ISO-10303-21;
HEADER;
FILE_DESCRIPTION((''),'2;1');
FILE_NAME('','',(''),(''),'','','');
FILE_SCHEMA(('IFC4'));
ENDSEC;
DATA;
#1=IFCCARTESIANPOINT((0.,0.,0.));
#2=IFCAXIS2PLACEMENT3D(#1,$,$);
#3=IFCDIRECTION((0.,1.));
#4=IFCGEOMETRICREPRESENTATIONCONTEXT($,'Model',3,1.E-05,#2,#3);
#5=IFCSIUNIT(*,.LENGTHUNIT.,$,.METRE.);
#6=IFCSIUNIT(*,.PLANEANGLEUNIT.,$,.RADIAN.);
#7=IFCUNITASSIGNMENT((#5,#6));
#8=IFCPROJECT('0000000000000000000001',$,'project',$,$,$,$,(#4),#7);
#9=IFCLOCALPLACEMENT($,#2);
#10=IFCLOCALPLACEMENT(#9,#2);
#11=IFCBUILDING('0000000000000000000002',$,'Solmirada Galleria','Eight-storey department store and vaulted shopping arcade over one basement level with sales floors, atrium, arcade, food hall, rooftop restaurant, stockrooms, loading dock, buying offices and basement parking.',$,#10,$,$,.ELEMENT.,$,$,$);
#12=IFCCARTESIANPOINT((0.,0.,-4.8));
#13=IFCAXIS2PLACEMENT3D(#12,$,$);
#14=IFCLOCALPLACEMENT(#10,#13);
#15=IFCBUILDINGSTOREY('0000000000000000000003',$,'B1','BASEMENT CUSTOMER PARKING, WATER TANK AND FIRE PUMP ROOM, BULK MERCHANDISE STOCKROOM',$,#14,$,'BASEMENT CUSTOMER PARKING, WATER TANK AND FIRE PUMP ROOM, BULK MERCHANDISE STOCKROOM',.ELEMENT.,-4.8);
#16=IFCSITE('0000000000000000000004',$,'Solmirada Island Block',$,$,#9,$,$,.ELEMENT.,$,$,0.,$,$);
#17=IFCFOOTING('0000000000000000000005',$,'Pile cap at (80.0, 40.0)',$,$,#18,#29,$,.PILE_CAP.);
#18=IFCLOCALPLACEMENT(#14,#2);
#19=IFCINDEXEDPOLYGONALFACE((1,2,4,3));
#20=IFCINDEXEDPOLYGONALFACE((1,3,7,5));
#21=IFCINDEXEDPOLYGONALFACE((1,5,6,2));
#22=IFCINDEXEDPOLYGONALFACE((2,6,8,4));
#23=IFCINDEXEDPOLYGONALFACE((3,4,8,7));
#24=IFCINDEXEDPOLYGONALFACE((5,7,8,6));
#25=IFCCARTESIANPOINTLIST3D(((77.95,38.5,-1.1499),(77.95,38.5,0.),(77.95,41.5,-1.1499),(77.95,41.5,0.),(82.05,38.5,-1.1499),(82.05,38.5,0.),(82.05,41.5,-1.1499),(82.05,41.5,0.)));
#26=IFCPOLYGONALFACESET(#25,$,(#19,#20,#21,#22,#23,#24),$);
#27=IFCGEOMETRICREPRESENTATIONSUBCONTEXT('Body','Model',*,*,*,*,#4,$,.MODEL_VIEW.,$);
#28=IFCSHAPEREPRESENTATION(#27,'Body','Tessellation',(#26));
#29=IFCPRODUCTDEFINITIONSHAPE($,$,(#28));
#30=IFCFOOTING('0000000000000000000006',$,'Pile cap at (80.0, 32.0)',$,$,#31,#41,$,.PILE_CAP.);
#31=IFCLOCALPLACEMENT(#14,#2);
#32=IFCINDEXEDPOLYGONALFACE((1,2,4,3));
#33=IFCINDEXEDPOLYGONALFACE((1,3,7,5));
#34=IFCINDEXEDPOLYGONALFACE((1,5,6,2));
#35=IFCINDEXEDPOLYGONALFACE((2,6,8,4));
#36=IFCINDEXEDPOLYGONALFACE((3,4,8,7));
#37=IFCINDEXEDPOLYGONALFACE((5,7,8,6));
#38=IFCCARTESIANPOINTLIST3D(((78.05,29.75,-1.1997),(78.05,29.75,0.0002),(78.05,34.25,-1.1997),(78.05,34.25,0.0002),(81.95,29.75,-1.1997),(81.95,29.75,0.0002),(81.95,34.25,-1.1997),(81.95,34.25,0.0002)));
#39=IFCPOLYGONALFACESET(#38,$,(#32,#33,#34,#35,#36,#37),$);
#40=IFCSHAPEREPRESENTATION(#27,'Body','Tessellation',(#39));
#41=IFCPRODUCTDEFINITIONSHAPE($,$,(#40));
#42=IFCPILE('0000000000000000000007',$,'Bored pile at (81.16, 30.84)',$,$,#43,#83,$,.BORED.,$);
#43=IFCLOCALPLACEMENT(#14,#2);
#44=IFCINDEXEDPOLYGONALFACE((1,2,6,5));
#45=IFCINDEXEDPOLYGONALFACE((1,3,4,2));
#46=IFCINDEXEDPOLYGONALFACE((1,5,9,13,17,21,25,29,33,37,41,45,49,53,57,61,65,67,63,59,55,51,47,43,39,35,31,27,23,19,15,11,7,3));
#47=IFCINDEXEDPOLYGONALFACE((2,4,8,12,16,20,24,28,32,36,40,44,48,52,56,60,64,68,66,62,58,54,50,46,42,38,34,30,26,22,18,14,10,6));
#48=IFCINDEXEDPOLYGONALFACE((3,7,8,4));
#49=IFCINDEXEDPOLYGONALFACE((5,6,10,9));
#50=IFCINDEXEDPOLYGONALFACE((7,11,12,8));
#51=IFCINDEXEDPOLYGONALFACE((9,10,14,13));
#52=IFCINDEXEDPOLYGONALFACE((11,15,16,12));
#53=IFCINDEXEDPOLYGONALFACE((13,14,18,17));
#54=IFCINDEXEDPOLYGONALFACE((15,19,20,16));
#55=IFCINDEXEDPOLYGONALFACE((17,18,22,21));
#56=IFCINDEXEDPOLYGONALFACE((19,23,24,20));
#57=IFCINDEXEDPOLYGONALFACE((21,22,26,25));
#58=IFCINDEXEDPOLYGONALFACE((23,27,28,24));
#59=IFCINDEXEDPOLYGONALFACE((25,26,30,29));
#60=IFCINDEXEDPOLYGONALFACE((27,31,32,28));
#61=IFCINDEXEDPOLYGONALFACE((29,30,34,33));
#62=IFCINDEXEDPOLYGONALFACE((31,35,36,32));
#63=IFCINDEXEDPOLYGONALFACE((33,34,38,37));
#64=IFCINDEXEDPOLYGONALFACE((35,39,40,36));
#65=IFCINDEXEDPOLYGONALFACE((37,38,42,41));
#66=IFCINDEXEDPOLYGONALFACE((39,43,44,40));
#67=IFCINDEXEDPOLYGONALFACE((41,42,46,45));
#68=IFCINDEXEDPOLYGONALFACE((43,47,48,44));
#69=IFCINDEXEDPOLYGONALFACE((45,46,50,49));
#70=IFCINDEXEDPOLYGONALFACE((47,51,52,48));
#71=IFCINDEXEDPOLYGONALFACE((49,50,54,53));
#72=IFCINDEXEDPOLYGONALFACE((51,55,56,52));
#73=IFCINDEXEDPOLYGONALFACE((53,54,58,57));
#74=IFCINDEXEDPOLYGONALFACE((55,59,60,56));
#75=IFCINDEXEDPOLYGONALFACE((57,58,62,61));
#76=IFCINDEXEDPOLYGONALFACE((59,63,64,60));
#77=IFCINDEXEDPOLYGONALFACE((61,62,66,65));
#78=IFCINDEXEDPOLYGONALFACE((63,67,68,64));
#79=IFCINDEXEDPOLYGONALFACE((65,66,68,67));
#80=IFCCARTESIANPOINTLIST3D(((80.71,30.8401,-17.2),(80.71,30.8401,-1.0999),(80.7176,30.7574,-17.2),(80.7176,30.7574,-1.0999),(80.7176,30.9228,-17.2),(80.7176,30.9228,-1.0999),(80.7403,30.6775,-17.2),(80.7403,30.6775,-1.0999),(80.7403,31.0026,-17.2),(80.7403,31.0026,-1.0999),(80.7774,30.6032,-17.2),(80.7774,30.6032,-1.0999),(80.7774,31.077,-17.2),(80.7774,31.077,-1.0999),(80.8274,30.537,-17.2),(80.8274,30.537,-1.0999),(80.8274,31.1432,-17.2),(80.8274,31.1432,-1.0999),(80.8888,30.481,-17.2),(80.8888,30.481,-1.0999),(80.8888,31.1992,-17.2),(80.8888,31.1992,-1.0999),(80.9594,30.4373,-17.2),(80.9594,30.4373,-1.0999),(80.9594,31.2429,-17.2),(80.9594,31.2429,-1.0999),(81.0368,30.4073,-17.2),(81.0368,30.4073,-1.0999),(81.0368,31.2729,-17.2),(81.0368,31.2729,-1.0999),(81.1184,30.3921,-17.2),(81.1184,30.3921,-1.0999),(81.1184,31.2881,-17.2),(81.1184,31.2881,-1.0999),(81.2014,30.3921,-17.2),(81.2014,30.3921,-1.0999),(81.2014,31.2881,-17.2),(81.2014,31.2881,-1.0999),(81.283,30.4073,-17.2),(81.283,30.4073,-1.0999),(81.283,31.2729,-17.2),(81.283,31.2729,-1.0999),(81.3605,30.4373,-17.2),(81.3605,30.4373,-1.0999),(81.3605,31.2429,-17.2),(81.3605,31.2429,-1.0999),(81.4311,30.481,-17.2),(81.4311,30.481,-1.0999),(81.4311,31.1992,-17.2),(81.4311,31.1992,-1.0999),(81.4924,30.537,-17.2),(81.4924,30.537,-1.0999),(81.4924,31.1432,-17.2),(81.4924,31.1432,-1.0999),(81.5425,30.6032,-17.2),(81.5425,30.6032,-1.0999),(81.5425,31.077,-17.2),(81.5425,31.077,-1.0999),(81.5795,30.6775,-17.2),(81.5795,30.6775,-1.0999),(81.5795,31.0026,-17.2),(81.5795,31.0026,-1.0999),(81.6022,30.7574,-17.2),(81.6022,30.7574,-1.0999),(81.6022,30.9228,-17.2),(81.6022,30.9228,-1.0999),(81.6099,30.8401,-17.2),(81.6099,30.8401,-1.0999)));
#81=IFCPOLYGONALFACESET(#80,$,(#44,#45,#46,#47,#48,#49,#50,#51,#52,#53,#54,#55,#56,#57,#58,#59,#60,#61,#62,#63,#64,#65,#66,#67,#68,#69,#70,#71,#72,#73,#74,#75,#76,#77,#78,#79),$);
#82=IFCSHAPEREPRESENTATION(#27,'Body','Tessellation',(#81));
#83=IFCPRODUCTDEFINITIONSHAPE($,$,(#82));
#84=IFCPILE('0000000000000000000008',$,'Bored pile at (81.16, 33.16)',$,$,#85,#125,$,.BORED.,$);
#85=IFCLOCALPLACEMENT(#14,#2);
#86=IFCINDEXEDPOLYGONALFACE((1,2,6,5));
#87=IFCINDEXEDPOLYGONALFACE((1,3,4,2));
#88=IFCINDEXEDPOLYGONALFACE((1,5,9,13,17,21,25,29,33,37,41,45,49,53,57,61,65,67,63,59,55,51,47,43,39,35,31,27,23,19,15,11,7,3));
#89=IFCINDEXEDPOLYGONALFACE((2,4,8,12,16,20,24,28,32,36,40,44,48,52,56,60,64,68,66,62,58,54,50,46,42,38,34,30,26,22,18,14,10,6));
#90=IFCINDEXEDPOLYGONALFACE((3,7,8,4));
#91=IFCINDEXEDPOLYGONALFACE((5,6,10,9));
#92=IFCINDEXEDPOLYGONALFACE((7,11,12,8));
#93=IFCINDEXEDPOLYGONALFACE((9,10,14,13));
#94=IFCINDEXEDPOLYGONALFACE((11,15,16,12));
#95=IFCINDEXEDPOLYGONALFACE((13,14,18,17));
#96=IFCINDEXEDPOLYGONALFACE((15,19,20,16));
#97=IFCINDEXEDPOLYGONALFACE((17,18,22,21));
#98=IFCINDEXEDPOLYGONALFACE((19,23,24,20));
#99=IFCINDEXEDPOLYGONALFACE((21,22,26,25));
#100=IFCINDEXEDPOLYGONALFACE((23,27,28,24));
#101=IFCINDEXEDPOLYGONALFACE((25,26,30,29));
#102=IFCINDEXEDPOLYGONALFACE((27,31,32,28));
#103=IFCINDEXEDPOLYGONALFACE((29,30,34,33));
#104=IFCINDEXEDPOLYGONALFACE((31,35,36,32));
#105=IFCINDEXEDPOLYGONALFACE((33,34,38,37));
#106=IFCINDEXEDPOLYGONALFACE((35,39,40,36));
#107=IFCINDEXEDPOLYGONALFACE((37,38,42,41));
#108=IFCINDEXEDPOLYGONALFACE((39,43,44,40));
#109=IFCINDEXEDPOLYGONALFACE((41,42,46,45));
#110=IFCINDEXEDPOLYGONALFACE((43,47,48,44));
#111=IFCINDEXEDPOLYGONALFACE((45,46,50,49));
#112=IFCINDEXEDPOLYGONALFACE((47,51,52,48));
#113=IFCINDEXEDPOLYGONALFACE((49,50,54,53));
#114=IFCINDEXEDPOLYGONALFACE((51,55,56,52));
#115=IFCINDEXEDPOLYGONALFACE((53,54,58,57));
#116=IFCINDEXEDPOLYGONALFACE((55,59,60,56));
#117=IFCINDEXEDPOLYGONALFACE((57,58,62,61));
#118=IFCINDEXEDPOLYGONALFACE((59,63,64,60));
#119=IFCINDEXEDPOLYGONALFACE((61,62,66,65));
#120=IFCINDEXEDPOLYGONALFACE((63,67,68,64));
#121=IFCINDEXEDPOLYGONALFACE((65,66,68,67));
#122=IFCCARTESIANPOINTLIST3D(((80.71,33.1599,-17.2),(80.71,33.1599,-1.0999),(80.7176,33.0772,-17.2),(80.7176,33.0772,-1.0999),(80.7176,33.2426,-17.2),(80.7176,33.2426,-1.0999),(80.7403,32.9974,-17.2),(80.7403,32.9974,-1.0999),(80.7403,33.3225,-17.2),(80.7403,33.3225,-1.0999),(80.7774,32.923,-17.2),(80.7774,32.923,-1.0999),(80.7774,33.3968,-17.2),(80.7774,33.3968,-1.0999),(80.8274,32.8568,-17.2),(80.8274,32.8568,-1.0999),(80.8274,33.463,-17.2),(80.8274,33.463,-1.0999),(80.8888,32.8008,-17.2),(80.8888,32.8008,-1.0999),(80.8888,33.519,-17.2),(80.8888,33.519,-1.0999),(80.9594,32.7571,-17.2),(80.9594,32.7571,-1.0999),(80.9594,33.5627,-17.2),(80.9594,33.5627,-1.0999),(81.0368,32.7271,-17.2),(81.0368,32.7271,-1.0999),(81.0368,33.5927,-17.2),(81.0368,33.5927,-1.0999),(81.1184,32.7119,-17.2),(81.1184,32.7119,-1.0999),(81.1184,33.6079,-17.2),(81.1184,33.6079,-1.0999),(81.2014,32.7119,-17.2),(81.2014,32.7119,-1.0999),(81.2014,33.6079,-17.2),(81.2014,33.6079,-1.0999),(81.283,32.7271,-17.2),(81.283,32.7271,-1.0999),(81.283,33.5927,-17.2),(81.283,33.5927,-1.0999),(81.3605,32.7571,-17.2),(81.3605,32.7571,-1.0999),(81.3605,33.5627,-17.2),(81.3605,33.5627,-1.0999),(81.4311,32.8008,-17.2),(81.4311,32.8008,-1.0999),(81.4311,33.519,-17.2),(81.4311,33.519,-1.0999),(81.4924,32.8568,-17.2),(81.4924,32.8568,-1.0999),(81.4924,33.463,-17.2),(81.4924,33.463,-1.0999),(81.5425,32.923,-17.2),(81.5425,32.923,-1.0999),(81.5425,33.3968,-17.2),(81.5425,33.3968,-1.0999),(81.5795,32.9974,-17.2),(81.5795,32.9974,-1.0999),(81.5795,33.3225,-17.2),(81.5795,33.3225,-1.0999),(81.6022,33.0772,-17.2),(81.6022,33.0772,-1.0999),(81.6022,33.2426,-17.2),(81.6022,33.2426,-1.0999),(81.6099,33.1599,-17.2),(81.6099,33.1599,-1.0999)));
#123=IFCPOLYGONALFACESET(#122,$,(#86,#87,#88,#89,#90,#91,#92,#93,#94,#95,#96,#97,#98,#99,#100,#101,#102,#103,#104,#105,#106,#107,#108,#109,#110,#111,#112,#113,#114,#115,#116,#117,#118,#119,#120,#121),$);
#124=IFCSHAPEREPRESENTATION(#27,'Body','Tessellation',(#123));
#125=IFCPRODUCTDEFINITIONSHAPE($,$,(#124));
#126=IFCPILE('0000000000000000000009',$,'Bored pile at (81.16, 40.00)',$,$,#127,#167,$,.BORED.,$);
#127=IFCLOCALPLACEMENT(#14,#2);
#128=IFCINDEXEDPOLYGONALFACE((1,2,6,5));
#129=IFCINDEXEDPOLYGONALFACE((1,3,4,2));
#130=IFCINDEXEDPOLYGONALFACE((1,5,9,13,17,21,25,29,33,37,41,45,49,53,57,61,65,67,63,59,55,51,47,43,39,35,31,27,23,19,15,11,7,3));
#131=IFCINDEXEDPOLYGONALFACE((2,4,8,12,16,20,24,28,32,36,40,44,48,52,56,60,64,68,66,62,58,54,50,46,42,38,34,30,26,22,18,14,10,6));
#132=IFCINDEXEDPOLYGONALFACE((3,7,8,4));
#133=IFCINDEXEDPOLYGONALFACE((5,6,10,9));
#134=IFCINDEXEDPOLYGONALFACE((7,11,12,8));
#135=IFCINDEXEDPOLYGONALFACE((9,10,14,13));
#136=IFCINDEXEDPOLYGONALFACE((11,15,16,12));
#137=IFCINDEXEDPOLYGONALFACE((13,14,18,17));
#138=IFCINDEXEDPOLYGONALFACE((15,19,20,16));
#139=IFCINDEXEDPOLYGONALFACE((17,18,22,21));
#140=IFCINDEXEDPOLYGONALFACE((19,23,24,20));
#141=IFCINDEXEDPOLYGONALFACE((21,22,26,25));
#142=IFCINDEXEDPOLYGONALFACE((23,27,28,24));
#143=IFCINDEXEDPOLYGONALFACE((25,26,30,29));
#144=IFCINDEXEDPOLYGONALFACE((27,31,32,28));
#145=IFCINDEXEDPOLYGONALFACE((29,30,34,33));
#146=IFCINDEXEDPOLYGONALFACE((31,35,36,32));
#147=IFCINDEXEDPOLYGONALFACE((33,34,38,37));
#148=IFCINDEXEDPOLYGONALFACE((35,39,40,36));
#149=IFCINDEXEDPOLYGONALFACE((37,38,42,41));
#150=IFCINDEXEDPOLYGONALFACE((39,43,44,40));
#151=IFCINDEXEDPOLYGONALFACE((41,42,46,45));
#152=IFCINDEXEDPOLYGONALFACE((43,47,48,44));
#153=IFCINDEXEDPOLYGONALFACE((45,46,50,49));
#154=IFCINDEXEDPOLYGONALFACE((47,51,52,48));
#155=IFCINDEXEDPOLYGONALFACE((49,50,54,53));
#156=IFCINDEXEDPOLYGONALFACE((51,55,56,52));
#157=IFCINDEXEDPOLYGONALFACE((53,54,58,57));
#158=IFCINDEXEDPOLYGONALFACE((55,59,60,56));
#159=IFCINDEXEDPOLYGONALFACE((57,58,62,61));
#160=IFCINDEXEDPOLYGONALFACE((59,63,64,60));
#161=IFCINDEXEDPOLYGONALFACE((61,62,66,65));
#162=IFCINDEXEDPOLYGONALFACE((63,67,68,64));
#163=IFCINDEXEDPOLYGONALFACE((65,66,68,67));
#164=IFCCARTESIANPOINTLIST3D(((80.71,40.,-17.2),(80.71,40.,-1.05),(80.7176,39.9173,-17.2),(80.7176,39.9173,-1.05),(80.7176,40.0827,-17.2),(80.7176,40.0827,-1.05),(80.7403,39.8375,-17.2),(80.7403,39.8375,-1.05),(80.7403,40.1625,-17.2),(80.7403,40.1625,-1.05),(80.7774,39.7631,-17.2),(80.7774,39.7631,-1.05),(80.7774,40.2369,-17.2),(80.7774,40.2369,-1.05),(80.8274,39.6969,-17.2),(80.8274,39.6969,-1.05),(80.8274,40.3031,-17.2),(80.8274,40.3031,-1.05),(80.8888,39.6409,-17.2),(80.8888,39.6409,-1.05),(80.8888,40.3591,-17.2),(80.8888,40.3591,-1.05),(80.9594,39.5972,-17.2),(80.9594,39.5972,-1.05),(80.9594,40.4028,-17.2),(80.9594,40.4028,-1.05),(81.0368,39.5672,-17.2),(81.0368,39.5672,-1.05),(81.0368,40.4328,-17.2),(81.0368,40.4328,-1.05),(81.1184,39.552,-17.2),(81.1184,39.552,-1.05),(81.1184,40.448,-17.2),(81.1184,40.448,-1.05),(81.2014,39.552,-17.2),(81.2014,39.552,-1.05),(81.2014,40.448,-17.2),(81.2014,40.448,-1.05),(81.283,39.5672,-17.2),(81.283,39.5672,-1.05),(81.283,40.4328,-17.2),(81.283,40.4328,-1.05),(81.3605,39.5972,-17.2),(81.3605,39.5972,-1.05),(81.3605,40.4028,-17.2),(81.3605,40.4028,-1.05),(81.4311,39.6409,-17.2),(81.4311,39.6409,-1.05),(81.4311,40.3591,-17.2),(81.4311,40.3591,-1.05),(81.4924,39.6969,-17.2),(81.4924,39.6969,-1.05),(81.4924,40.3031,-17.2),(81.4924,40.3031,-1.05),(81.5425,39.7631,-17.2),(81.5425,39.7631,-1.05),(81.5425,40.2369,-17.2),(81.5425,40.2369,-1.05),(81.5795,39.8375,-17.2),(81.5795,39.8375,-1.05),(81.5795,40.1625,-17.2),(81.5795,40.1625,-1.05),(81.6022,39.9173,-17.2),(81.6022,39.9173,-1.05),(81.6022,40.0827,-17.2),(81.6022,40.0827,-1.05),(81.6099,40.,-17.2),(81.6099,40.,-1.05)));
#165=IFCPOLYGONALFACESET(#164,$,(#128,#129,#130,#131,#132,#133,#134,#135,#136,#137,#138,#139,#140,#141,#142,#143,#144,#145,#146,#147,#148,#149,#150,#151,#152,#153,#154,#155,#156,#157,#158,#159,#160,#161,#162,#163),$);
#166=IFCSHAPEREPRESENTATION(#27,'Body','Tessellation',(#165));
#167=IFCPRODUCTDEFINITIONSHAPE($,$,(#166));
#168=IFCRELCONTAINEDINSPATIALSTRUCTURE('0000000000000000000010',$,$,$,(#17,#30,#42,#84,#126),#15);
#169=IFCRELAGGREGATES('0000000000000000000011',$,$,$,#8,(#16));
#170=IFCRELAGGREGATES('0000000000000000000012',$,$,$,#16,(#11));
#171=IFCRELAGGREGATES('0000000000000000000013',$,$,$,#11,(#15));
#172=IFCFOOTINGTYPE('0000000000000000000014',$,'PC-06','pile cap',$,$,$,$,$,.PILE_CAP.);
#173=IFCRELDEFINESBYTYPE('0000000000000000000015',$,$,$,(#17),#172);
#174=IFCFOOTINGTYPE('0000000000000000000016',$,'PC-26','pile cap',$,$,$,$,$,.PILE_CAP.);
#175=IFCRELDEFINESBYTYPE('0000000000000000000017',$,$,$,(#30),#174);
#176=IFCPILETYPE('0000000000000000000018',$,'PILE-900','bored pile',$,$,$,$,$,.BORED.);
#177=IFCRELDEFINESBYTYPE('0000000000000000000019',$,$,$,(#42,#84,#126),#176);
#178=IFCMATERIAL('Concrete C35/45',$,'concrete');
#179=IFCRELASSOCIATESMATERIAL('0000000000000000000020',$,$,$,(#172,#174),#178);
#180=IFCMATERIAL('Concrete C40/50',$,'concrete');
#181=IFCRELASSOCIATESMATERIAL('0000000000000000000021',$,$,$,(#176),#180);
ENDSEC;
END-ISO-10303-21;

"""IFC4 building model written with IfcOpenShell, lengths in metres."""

from ifc_helpers import new_model, si_unit, direction, frame, origin, origin_2d, place, context, subcontext, project, spatial, rectangle, circle, extrude, material, material_profile, profile_set, type_object, element, save


model = new_model("IFC4")

# Units and contexts
model_context = context("Model", 3, precision=1e-05, world=origin(), true_north=direction((0.0, 1.0)))
body_context = subcontext(model_context, "Body", "Model", "MODEL_VIEW")
ifc_project = project(units=[si_unit("LENGTHUNIT", "METRE"), si_unit("PLANEANGLEUNIT", "RADIAN")], contexts=[model_context])

# Site, building, storey
site_placement = place(None, origin())
site = spatial("IfcSite", under=ifc_project, at=site_placement, Name="Solmirada Island Block", CompositionType="ELEMENT", RefElevation=0.0)
building_placement = place(site_placement, origin())
building = spatial("IfcBuilding", under=site, at=building_placement, Name="Solmirada Galleria", Description="Eight-storey department store and vaulted shopping arcade over one basement level with sales floors, atrium, arcade, food hall, rooftop restaurant, stockrooms, loading dock, buying offices and basement parking.", CompositionType="ELEMENT")
storey_placement = place(building_placement, frame((0.0, 0.0, -4.8)))
storey = spatial("IfcBuildingStorey", under=building, at=storey_placement, Name="B1", Description="BASEMENT CUSTOMER PARKING, WATER TANK AND FIRE PUMP ROOM, BULK MERCHANDISE STOCKROOM", LongName="BASEMENT CUSTOMER PARKING, WATER TANK AND FIRE PUMP ROOM, BULK MERCHANDISE STOCKROOM", CompositionType="ELEMENT", Elevation=-4.8)

# Footings
ifc_material_1 = material(Name="Concrete C35/45", Category="concrete")
footing_type_1 = type_object("IfcFootingType", Name="PC-06", Description="pile cap", PredefinedType="PILE_CAP", material=ifc_material_1)
footing_1_placement = place(storey_placement, frame((80.0, 40.0, -1.1499), z_axis=(0.0, 0.0, 1.0), x_axis=(1.0, 0.0, 0.0)))
element("IfcFooting", 1, at=footing_1_placement, inside=storey, type_object=footing_type_1, Name="Pile cap at (80.0, 40.0)", PredefinedType="PILE_CAP", context=body_context, shape_type="SweptSolid", body=[
    extrude(rectangle(XDim=4.1001, YDim=3.0, at=origin_2d()), origin(), (0.0, 0.0, 1.0), 1.1499),
])
footing_type_2 = type_object("IfcFootingType", Name="PC-26", Description="pile cap", PredefinedType="PILE_CAP", material=ifc_material_1)
footing_2_placement = place(storey_placement, frame((80.0, 32.0, -1.1997), z_axis=(0.0, 0.0, 1.0), x_axis=(1.0, 0.0, 0.0)))
element("IfcFooting", 2, at=footing_2_placement, inside=storey, type_object=footing_type_2, Name="Pile cap at (80.0, 32.0)", PredefinedType="PILE_CAP", context=body_context, shape_type="SweptSolid", body=[
    extrude(rectangle(XDim=3.8999, YDim=4.5, at=origin_2d()), origin(), (0.0, 0.0, 1.0), 1.2),
])

# Piles
ifc_material_2 = material(Name="Concrete C40/50", Category="concrete")
ifc_material_profile_1 = material_profile(ifc_material_2, circle(Radius=0.45, at=origin_2d()), Name="PILE900")
ifc_profile_set_1 = profile_set([ifc_material_profile_1], Name="Concrete C40/50")
pile_type = type_object("IfcPileType", Name="PILE-900", Description="bored pile", PredefinedType="BORED", material=ifc_profile_set_1)
for number, where, z_axis, x_axis, name in (
    (3, (81.1599, 30.8401, -1.0999), (0.0, 0.0, -1.0), (1.0, 0.0, 0.0), "Bored pile at (81.16, 30.84)"),
    (4, (81.1599, 33.1599, -1.0999), (0.0, 0.0, -1.0), (1.0, 0.0, 0.0), "Bored pile at (81.16, 33.16)"),
):
    element("IfcPile", number, at=place(storey_placement, frame(where, z_axis=z_axis, x_axis=x_axis)), inside=storey, type_object=pile_type, Name=name, PredefinedType="BORED", context=body_context, shape_type="SweptSolid", body=[
        extrude(circle(Radius=0.45, at=origin_2d()), origin(), (0.0, 0.0, 1.0), 16.1001),
    ])
pile_1_placement = place(storey_placement, frame((81.1599, 40.0, -1.05), z_axis=(0.0, 0.0, -1.0), x_axis=(1.0, 0.0, 0.0)))
element("IfcPile", 5, at=pile_1_placement, inside=storey, type_object=pile_type, Name="Bored pile at (81.16, 40.00)", PredefinedType="BORED", context=body_context, shape_type="SweptSolid", body=[
    extrude(circle(Radius=0.45, at=origin_2d()), origin(), (0.0, 0.0, 1.0), 16.1499),
])

save(model, "model.ifc")
